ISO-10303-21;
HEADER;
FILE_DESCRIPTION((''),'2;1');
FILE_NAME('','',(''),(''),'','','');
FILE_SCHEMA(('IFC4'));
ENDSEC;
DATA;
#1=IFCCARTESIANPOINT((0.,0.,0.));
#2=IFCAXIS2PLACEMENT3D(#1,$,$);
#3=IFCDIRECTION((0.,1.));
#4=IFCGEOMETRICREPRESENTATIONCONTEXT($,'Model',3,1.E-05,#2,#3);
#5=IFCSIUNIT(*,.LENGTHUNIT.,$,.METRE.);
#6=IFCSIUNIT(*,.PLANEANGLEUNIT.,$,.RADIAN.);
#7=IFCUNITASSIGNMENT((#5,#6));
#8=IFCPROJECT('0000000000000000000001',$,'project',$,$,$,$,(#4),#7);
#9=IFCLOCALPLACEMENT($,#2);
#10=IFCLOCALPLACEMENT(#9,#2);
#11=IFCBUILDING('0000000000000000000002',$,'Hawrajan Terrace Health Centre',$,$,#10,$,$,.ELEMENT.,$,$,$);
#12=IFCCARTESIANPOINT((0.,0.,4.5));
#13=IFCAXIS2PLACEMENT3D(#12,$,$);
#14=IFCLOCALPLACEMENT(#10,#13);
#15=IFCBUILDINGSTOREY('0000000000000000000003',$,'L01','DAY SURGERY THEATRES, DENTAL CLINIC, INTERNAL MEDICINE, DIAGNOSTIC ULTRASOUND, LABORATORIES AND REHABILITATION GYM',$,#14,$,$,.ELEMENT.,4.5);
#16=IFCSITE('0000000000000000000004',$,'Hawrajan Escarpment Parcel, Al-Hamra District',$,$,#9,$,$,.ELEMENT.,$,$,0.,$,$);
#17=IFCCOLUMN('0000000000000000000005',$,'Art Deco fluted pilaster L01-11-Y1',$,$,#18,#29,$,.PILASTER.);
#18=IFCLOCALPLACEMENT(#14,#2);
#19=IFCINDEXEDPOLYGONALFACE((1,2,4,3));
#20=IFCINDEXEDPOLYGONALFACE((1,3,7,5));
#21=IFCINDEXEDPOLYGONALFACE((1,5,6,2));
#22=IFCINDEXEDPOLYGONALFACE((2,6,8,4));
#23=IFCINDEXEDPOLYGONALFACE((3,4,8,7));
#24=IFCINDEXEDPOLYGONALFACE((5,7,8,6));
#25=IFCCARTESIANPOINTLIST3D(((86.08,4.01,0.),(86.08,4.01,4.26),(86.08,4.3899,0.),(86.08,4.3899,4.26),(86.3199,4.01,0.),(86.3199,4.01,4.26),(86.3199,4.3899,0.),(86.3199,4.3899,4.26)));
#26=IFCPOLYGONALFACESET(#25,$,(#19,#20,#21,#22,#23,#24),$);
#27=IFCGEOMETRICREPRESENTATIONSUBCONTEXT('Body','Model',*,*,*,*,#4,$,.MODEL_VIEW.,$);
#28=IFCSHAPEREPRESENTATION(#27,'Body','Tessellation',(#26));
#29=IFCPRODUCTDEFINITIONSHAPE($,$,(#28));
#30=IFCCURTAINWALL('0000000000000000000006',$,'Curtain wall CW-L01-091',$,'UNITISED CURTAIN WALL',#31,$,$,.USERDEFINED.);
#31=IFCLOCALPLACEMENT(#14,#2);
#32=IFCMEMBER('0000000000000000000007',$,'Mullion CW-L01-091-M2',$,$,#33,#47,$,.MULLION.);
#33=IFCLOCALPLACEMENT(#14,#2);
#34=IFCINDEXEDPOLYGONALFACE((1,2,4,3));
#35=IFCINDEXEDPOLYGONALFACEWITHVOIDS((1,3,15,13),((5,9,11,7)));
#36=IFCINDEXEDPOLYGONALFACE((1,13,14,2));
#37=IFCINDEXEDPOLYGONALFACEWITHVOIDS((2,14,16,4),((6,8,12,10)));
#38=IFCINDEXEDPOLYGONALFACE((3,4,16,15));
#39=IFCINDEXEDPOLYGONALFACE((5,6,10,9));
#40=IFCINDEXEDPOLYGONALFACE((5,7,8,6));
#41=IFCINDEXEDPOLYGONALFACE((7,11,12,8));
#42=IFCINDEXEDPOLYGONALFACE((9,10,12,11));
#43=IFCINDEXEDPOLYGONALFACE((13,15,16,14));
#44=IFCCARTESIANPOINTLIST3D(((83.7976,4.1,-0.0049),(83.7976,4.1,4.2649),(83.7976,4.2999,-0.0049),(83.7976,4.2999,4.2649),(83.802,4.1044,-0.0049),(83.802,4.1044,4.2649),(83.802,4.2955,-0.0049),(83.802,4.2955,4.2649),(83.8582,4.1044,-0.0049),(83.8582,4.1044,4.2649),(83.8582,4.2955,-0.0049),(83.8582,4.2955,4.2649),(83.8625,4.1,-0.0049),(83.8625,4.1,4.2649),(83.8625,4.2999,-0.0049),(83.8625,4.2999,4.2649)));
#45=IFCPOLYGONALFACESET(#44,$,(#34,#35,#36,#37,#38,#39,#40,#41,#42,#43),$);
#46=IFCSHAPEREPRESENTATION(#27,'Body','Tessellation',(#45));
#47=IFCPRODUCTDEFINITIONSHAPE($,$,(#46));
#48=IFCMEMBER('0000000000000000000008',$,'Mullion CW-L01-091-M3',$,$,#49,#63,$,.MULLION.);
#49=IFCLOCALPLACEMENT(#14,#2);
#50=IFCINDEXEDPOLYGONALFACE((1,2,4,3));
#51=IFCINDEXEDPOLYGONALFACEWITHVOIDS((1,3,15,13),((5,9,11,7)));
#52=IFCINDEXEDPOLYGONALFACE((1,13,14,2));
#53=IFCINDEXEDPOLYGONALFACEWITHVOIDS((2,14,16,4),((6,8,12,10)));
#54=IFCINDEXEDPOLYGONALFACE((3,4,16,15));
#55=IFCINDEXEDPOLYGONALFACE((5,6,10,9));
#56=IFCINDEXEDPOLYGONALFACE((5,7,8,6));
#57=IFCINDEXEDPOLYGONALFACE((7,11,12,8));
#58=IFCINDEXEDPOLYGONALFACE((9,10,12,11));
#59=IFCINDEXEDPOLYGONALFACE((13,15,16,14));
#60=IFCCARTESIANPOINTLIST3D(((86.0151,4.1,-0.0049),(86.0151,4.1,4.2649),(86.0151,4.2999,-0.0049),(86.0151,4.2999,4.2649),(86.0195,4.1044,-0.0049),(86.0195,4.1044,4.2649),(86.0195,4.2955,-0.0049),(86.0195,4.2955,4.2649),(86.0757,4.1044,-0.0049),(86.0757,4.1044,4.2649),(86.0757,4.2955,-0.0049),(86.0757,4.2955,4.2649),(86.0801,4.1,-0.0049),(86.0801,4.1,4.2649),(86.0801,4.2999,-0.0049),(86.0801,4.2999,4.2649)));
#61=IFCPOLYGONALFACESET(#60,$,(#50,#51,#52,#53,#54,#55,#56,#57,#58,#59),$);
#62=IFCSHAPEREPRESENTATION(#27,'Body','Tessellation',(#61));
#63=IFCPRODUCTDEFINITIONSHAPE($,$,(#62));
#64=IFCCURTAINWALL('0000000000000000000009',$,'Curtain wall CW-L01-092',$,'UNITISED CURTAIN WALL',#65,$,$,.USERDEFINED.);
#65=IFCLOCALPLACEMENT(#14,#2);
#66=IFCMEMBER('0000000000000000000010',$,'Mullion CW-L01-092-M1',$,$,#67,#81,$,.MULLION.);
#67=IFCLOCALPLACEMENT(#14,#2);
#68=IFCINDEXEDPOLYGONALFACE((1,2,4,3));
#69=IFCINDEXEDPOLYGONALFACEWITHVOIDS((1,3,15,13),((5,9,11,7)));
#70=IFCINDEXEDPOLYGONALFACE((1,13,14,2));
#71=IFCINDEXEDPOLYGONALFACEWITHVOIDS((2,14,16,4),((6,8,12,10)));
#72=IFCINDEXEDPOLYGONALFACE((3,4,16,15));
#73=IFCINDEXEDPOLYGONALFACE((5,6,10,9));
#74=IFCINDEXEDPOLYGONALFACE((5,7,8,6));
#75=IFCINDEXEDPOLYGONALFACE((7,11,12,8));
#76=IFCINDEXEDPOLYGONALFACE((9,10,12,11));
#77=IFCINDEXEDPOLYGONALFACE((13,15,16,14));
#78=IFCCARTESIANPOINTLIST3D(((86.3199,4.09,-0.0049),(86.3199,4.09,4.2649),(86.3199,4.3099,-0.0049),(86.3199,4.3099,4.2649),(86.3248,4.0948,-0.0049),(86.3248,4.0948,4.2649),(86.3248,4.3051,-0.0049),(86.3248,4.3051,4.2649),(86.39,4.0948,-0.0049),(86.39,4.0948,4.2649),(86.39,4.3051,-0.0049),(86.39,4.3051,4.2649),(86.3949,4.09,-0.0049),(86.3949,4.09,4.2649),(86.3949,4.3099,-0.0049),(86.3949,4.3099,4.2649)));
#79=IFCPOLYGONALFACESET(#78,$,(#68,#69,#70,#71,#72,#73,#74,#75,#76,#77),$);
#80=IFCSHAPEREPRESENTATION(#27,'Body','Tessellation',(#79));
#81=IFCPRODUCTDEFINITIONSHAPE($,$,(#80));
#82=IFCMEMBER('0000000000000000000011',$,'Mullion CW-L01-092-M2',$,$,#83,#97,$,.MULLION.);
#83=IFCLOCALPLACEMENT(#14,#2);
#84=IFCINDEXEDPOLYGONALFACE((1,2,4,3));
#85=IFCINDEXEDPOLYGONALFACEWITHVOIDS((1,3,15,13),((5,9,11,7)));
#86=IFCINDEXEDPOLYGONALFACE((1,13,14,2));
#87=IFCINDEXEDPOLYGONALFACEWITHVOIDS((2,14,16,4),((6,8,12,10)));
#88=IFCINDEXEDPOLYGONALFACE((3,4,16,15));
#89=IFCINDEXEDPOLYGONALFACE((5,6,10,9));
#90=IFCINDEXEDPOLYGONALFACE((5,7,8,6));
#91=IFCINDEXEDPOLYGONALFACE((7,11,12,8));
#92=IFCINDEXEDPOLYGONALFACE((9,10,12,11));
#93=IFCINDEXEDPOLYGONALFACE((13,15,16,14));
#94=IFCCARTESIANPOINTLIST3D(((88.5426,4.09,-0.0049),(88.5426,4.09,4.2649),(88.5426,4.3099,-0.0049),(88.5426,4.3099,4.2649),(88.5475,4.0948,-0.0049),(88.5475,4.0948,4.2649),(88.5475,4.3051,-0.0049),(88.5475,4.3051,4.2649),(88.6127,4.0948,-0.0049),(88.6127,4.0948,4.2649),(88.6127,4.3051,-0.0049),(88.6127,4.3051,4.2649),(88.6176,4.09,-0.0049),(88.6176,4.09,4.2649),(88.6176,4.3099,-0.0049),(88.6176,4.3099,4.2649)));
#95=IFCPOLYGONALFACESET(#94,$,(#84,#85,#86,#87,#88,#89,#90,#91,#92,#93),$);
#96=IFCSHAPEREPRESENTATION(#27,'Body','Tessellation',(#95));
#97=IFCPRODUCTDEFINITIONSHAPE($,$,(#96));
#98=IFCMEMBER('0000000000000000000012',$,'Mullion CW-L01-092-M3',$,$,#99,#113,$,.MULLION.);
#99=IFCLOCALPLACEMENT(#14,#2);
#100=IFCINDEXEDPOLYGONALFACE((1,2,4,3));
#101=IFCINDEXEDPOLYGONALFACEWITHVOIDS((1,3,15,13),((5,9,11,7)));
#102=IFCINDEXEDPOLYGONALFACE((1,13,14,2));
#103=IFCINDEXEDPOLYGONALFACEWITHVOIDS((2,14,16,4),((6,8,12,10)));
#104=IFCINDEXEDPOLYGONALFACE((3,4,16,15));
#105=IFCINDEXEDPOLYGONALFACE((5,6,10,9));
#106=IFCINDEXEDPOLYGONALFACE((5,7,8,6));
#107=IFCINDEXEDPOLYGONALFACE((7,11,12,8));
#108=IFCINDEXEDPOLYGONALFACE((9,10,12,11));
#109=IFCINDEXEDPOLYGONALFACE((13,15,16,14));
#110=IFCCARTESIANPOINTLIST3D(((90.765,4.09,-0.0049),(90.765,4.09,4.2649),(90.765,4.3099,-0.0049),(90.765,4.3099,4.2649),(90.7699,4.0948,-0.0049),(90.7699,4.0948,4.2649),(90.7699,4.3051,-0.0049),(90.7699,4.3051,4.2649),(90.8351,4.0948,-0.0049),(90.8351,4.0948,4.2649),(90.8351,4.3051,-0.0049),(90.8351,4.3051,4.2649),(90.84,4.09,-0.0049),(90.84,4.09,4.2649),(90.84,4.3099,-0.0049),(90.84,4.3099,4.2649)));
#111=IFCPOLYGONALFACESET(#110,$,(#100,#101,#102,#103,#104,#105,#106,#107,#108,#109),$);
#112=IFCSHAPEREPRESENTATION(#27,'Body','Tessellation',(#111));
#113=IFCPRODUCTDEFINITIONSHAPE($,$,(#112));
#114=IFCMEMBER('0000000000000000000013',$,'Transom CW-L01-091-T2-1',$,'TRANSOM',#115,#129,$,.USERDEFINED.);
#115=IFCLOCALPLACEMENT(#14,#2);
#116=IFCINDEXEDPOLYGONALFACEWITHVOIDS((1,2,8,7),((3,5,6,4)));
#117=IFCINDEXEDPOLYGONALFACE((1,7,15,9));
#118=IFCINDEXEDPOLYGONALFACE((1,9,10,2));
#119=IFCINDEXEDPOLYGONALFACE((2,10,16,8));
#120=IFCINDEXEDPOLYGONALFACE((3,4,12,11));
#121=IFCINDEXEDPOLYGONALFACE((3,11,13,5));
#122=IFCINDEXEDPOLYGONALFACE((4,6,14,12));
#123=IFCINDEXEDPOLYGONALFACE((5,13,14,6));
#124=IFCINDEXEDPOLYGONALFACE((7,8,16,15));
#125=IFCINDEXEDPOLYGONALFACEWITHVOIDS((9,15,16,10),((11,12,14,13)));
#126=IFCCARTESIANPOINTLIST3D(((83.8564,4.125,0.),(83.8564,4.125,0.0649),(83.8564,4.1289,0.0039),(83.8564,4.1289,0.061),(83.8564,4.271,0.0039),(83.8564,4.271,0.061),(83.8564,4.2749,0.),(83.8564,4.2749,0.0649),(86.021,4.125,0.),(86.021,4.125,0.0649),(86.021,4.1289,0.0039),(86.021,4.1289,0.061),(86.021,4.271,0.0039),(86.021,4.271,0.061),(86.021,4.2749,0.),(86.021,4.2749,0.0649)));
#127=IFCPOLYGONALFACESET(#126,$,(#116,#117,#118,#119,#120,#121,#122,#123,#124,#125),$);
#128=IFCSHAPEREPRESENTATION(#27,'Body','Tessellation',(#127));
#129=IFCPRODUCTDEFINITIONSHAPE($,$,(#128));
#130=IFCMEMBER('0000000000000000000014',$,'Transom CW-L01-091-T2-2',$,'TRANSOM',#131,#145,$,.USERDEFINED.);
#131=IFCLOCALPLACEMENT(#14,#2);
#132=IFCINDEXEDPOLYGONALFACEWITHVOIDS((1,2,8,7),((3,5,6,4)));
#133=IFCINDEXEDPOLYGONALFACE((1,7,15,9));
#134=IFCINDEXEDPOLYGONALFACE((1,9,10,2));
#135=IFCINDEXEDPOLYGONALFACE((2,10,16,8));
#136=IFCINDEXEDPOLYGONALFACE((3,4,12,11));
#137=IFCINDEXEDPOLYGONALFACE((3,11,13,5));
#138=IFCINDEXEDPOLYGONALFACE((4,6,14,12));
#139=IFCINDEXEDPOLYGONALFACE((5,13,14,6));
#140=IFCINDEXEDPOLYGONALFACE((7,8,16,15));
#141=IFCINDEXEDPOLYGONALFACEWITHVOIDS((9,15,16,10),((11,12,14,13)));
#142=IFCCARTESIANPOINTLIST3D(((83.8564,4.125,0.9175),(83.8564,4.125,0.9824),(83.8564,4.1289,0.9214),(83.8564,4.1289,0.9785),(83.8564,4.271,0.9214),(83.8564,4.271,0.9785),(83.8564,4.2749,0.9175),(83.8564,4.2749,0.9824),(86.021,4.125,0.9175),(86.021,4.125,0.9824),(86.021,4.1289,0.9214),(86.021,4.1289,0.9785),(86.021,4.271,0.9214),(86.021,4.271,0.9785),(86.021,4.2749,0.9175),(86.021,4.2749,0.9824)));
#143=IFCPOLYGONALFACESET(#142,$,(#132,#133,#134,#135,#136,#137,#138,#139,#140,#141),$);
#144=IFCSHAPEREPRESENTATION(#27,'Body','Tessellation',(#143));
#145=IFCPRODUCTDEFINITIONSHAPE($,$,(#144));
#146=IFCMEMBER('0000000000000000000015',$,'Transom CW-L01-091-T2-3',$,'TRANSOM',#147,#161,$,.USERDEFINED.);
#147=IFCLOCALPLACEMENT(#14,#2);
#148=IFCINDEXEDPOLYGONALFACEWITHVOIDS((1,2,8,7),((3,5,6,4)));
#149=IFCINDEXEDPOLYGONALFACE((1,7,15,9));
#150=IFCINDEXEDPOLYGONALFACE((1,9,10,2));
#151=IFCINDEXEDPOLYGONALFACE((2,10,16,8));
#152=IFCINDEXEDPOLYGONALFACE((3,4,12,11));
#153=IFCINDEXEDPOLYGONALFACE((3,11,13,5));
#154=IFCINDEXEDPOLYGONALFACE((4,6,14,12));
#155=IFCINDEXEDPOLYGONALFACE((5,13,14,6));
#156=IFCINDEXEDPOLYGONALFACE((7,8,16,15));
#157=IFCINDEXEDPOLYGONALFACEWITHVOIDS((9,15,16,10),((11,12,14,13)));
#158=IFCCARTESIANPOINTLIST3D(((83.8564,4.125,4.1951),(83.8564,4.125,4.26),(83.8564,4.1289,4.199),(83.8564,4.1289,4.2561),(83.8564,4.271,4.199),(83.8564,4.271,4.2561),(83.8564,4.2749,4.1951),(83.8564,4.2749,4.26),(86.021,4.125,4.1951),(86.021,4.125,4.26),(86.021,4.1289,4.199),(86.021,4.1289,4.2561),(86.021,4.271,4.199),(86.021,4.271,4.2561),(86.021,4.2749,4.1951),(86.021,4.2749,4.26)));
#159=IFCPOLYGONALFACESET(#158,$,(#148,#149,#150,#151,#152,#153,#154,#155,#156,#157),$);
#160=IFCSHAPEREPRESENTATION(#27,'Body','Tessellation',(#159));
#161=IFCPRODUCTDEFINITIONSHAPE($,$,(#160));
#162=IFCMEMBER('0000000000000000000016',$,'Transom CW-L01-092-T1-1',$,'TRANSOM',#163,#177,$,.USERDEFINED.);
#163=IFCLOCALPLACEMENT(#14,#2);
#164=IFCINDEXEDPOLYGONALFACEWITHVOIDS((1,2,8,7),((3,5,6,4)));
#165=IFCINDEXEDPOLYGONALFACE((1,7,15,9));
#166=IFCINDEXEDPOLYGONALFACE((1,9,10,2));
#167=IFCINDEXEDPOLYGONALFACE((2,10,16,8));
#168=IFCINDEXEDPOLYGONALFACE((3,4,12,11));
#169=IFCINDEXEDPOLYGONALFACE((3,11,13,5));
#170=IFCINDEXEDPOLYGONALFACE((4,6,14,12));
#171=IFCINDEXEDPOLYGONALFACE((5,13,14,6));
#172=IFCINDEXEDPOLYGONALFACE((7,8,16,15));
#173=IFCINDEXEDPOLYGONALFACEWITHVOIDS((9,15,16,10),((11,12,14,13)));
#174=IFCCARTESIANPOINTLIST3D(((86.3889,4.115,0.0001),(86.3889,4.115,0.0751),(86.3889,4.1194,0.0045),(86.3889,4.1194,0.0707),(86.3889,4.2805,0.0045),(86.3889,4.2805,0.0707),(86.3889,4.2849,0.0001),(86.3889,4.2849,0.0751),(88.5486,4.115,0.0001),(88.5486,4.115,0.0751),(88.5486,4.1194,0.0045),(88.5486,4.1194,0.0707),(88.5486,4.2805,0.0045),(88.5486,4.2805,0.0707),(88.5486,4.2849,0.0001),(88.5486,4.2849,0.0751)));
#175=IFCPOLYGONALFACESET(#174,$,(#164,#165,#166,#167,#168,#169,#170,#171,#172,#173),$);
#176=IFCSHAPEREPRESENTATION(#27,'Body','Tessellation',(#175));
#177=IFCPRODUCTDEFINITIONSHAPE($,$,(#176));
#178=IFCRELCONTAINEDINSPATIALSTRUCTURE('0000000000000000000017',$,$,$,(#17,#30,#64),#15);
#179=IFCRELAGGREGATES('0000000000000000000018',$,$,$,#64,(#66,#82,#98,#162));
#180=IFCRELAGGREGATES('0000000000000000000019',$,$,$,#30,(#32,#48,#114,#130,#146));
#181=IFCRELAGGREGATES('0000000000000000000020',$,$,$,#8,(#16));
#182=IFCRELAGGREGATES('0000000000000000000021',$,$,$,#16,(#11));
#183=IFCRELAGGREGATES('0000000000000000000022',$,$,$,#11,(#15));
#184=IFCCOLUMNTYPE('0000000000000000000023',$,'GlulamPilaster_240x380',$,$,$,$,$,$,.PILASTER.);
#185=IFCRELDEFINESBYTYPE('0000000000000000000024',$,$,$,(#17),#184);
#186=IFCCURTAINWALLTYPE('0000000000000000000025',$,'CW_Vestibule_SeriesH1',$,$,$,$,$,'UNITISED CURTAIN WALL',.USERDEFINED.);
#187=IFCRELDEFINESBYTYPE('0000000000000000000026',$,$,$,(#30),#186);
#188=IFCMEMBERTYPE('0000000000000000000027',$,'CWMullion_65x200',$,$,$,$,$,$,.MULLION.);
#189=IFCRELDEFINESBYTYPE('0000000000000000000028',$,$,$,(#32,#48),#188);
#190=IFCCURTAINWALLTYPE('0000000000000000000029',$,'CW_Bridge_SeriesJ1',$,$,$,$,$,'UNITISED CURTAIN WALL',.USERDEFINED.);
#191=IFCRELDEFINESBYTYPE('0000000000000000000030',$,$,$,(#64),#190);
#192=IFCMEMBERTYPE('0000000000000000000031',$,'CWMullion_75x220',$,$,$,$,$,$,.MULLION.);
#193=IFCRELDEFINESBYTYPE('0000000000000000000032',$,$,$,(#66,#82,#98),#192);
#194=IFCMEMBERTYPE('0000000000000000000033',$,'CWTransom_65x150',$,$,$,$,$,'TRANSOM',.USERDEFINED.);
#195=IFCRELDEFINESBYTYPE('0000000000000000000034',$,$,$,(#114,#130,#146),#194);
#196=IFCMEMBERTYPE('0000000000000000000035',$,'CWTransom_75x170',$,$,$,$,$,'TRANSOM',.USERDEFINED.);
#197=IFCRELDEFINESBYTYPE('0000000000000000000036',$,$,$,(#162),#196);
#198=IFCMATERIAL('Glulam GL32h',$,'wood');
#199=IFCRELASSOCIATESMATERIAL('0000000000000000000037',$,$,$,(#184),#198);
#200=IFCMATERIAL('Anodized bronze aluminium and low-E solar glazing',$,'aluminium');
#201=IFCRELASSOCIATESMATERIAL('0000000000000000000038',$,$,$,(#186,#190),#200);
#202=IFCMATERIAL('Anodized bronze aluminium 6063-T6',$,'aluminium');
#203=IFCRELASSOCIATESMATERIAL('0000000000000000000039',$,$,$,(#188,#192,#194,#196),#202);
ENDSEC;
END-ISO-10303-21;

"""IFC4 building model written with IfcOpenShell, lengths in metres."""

from ifc_helpers import new_model, si_unit, direction, frame, origin, origin_2d, place, context, subcontext, project, spatial, rectangle, hollow_rectangle, extrude, material, material_profile, profile_set, type_object, element, aggregate, save


model = new_model("IFC4")

# Units and contexts
model_context = context("Model", 3, precision=1e-05, world=origin(), true_north=direction((0.0, 1.0)))
body_context = subcontext(model_context, "Body", "Model", "MODEL_VIEW")
ifc_project = project(units=[si_unit("LENGTHUNIT", "METRE"), si_unit("PLANEANGLEUNIT", "RADIAN")], contexts=[model_context])

# Site, building, storey
site_placement = place(None, origin())
site = spatial("IfcSite", under=ifc_project, at=site_placement, Name="Hawrajan Escarpment Parcel, Al-Hamra District", CompositionType="ELEMENT", RefElevation=0.0)
building_placement = place(site_placement, origin())
building = spatial("IfcBuilding", under=site, at=building_placement, Name="Hawrajan Terrace Health Centre", CompositionType="ELEMENT")
storey_placement = place(building_placement, frame((0.0, 0.0, 4.5)))
storey = spatial("IfcBuildingStorey", under=building, at=storey_placement, Name="L01", Description="DAY SURGERY THEATRES, DENTAL CLINIC, INTERNAL MEDICINE, DIAGNOSTIC ULTRASOUND, LABORATORIES AND REHABILITATION GYM", CompositionType="ELEMENT", Elevation=4.5)

# Column
ifc_material_1 = material(Name="Glulam GL32h", Category="wood")
ifc_material_profile_1 = material_profile(ifc_material_1, rectangle(XDim=0.24, YDim=0.3799, at=origin_2d()), Name="GL PIL 240x380")
ifc_profile_set_1 = profile_set([ifc_material_profile_1], Name="Glulam GL32h")
column_type = type_object("IfcColumnType", Name="GlulamPilaster_240x380", PredefinedType="PILASTER", material=ifc_profile_set_1)
column_placement = place(storey_placement, frame((86.2, 4.2, 0.0), z_axis=(0.0, 0.0, 1.0), x_axis=(1.0, 0.0, 0.0)))
element("IfcColumn", 1, at=column_placement, inside=storey, type_object=column_type, Name="Art Deco fluted pilaster L01-11-Y1", PredefinedType="PILASTER", context=body_context, shape_type="SweptSolid", body=[
    extrude(rectangle(XDim=0.24, YDim=0.3799, at=origin_2d()), origin(), (0.0, 0.0, 1.0), 4.26),
])

# Curtain walls, members
ifc_material_2 = material(Name="Anodized bronze aluminium and low-E solar glazing", Category="aluminium")
curtain_wall_type_1 = type_object("IfcCurtainWallType", Name="CW_Vestibule_SeriesH1", ElementType="UNITISED CURTAIN WALL", PredefinedType="USERDEFINED", material=ifc_material_2)
curtain_wall_1_placement = place(storey_placement, origin())
curtain_wall_1 = element("IfcCurtainWall", 2, at=curtain_wall_1_placement, inside=storey, type_object=curtain_wall_type_1, Name="Curtain wall CW-L01-091", ObjectType="UNITISED CURTAIN WALL", PredefinedType="USERDEFINED")
ifc_material_3 = material(Name="Anodized bronze aluminium 6063-T6", Category="aluminium")
ifc_material_profile_2 = material_profile(ifc_material_3, hollow_rectangle(XDim=0.0649, YDim=0.2, WallThickness=0.0044, at=origin_2d()), Name="CW MUL 65x200")
ifc_profile_set_2 = profile_set([ifc_material_profile_2], Name="Anodized bronze aluminium 6063-T6")
member_type_1 = type_object("IfcMemberType", Name="CWMullion_65x200", PredefinedType="MULLION", material=ifc_profile_set_2)
member_1_placement = place(storey_placement, frame((83.8301, 4.2, -0.0049), z_axis=(0.0, 0.0, 1.0), x_axis=(1.0, 0.0, 0.0)))
member_1 = element("IfcMember", 3, at=member_1_placement, type_object=member_type_1, Name="Mullion CW-L01-091-M2", PredefinedType="MULLION", context=body_context, shape_type="SweptSolid", body=[
    extrude(hollow_rectangle(XDim=0.0649, YDim=0.2, WallThickness=0.0044, at=origin_2d()), origin(), (0.0, 0.0, 1.0), 4.2698),
])
member_2_placement = place(storey_placement, frame((86.0476, 4.2, -0.0049), z_axis=(0.0, 0.0, 1.0), x_axis=(1.0, 0.0, 0.0)))
member_2 = element("IfcMember", 4, at=member_2_placement, type_object=member_type_1, Name="Mullion CW-L01-091-M3", PredefinedType="MULLION", context=body_context, shape_type="SweptSolid", body=[
    extrude(hollow_rectangle(XDim=0.0649, YDim=0.2, WallThickness=0.0044, at=origin_2d()), origin(), (0.0, 0.0, 1.0), 4.2698),
])
curtain_wall_type_2 = type_object("IfcCurtainWallType", Name="CW_Bridge_SeriesJ1", ElementType="UNITISED CURTAIN WALL", PredefinedType="USERDEFINED", material=ifc_material_2)
curtain_wall_2_placement = place(storey_placement, origin())
curtain_wall_2 = element("IfcCurtainWall", 5, at=curtain_wall_2_placement, inside=storey, type_object=curtain_wall_type_2, Name="Curtain wall CW-L01-092", ObjectType="UNITISED CURTAIN WALL", PredefinedType="USERDEFINED")
ifc_material_profile_3 = material_profile(ifc_material_3, hollow_rectangle(XDim=0.075, YDim=0.22, WallThickness=0.0049, at=origin_2d()), Name="CW MUL 75x220")
ifc_profile_set_3 = profile_set([ifc_material_profile_3], Name="Anodized bronze aluminium 6063-T6")
member_type_2 = type_object("IfcMemberType", Name="CWMullion_75x220", PredefinedType="MULLION", material=ifc_profile_set_3)
member_3_placement = place(storey_placement, frame((86.3574, 4.2, -0.0049), z_axis=(0.0, 0.0, 1.0), x_axis=(1.0, 0.0, 0.0)))
member_3 = element("IfcMember", 6, at=member_3_placement, type_object=member_type_2, Name="Mullion CW-L01-092-M1", PredefinedType="MULLION", context=body_context, shape_type="SweptSolid", body=[
    extrude(hollow_rectangle(XDim=0.075, YDim=0.22, WallThickness=0.0049, at=origin_2d()), origin(), (0.0, 0.0, 1.0), 4.2698),
])
member_4_placement = place(storey_placement, frame((88.5801, 4.2, -0.0049), z_axis=(0.0, 0.0, 1.0), x_axis=(1.0, 0.0, 0.0)))
member_4 = element("IfcMember", 7, at=member_4_placement, type_object=member_type_2, Name="Mullion CW-L01-092-M2", PredefinedType="MULLION", context=body_context, shape_type="SweptSolid", body=[
    extrude(hollow_rectangle(XDim=0.075, YDim=0.22, WallThickness=0.0049, at=origin_2d()), origin(), (0.0, 0.0, 1.0), 4.2698),
])
member_5_placement = place(storey_placement, frame((90.8025, 4.2, -0.0049), z_axis=(0.0, 0.0, 1.0), x_axis=(1.0, 0.0, 0.0)))
member_5 = element("IfcMember", 8, at=member_5_placement, type_object=member_type_2, Name="Mullion CW-L01-092-M3", PredefinedType="MULLION", context=body_context, shape_type="SweptSolid", body=[
    extrude(hollow_rectangle(XDim=0.075, YDim=0.22, WallThickness=0.0049, at=origin_2d()), origin(), (0.0, 0.0, 1.0), 4.2698),
])

# Members
ifc_material_profile_4 = material_profile(ifc_material_3, hollow_rectangle(XDim=0.0649, YDim=0.1499, WallThickness=0.0039, at=origin_2d()), Name="CW TRN 65x150")
ifc_profile_set_4 = profile_set([ifc_material_profile_4], Name="Anodized bronze aluminium 6063-T6")
member_type_3 = type_object("IfcMemberType", Name="CWTransom_65x150", ElementType="TRANSOM", PredefinedType="USERDEFINED", material=ifc_profile_set_4)
member_6_placement = place(storey_placement, frame((83.8564, 4.2, 0.0325), z_axis=(1.0, 0.0, 0.0), x_axis=(0.0, 0.0, 1.0)))
member_6 = element("IfcMember", 9, at=member_6_placement, type_object=member_type_3, Name="Transom CW-L01-091-T2-1", ObjectType="TRANSOM", PredefinedType="USERDEFINED", context=body_context, shape_type="SweptSolid", body=[
    extrude(hollow_rectangle(XDim=0.0649, YDim=0.1499, WallThickness=0.0039, at=origin_2d()), origin(), (0.0, 0.0, 1.0), 2.1646),
])
member_7_placement = place(storey_placement, frame((83.8564, 4.2, 0.95), z_axis=(1.0, 0.0, 0.0), x_axis=(0.0, 0.0, 1.0)))
member_7 = element("IfcMember", 10, at=member_7_placement, type_object=member_type_3, Name="Transom CW-L01-091-T2-2", ObjectType="TRANSOM", PredefinedType="USERDEFINED", context=body_context, shape_type="SweptSolid", body=[
    extrude(hollow_rectangle(XDim=0.0649, YDim=0.1499, WallThickness=0.0039, at=origin_2d()), origin(), (0.0, 0.0, 1.0), 2.1646),
])
member_8_placement = place(storey_placement, frame((83.8564, 4.2, 4.2275), z_axis=(1.0, 0.0, 0.0), x_axis=(0.0, 0.0, 1.0)))
member_8 = element("IfcMember", 11, at=member_8_placement, type_object=member_type_3, Name="Transom CW-L01-091-T2-3", ObjectType="TRANSOM", PredefinedType="USERDEFINED", context=body_context, shape_type="SweptSolid", body=[
    extrude(hollow_rectangle(XDim=0.0649, YDim=0.1499, WallThickness=0.0039, at=origin_2d()), origin(), (0.0, 0.0, 1.0), 2.1646),
])
ifc_material_profile_5 = material_profile(ifc_material_3, hollow_rectangle(XDim=0.075, YDim=0.1699, WallThickness=0.0044, at=origin_2d()), Name="CW TRN 75x170")
ifc_profile_set_5 = profile_set([ifc_material_profile_5], Name="Anodized bronze aluminium 6063-T6")
member_type_4 = type_object("IfcMemberType", Name="CWTransom_75x170", ElementType="TRANSOM", PredefinedType="USERDEFINED", material=ifc_profile_set_5)
member_9_placement = place(storey_placement, frame((86.3889, 4.2, 0.0376), z_axis=(1.0, 0.0, 0.0), x_axis=(0.0, 0.0, 1.0)))
member_9 = element("IfcMember", 12, at=member_9_placement, type_object=member_type_4, Name="Transom CW-L01-092-T1-1", ObjectType="TRANSOM", PredefinedType="USERDEFINED", context=body_context, shape_type="SweptSolid", body=[
    extrude(hollow_rectangle(XDim=0.075, YDim=0.1699, WallThickness=0.0044, at=origin_2d()), origin(), (0.0, 0.0, 1.0), 2.1597),
])

aggregate(curtain_wall_2, [member_3, member_4, member_5, member_9])
aggregate(curtain_wall_1, [member_1, member_2, member_6, member_7, member_8])

save(model, "model.ifc")
